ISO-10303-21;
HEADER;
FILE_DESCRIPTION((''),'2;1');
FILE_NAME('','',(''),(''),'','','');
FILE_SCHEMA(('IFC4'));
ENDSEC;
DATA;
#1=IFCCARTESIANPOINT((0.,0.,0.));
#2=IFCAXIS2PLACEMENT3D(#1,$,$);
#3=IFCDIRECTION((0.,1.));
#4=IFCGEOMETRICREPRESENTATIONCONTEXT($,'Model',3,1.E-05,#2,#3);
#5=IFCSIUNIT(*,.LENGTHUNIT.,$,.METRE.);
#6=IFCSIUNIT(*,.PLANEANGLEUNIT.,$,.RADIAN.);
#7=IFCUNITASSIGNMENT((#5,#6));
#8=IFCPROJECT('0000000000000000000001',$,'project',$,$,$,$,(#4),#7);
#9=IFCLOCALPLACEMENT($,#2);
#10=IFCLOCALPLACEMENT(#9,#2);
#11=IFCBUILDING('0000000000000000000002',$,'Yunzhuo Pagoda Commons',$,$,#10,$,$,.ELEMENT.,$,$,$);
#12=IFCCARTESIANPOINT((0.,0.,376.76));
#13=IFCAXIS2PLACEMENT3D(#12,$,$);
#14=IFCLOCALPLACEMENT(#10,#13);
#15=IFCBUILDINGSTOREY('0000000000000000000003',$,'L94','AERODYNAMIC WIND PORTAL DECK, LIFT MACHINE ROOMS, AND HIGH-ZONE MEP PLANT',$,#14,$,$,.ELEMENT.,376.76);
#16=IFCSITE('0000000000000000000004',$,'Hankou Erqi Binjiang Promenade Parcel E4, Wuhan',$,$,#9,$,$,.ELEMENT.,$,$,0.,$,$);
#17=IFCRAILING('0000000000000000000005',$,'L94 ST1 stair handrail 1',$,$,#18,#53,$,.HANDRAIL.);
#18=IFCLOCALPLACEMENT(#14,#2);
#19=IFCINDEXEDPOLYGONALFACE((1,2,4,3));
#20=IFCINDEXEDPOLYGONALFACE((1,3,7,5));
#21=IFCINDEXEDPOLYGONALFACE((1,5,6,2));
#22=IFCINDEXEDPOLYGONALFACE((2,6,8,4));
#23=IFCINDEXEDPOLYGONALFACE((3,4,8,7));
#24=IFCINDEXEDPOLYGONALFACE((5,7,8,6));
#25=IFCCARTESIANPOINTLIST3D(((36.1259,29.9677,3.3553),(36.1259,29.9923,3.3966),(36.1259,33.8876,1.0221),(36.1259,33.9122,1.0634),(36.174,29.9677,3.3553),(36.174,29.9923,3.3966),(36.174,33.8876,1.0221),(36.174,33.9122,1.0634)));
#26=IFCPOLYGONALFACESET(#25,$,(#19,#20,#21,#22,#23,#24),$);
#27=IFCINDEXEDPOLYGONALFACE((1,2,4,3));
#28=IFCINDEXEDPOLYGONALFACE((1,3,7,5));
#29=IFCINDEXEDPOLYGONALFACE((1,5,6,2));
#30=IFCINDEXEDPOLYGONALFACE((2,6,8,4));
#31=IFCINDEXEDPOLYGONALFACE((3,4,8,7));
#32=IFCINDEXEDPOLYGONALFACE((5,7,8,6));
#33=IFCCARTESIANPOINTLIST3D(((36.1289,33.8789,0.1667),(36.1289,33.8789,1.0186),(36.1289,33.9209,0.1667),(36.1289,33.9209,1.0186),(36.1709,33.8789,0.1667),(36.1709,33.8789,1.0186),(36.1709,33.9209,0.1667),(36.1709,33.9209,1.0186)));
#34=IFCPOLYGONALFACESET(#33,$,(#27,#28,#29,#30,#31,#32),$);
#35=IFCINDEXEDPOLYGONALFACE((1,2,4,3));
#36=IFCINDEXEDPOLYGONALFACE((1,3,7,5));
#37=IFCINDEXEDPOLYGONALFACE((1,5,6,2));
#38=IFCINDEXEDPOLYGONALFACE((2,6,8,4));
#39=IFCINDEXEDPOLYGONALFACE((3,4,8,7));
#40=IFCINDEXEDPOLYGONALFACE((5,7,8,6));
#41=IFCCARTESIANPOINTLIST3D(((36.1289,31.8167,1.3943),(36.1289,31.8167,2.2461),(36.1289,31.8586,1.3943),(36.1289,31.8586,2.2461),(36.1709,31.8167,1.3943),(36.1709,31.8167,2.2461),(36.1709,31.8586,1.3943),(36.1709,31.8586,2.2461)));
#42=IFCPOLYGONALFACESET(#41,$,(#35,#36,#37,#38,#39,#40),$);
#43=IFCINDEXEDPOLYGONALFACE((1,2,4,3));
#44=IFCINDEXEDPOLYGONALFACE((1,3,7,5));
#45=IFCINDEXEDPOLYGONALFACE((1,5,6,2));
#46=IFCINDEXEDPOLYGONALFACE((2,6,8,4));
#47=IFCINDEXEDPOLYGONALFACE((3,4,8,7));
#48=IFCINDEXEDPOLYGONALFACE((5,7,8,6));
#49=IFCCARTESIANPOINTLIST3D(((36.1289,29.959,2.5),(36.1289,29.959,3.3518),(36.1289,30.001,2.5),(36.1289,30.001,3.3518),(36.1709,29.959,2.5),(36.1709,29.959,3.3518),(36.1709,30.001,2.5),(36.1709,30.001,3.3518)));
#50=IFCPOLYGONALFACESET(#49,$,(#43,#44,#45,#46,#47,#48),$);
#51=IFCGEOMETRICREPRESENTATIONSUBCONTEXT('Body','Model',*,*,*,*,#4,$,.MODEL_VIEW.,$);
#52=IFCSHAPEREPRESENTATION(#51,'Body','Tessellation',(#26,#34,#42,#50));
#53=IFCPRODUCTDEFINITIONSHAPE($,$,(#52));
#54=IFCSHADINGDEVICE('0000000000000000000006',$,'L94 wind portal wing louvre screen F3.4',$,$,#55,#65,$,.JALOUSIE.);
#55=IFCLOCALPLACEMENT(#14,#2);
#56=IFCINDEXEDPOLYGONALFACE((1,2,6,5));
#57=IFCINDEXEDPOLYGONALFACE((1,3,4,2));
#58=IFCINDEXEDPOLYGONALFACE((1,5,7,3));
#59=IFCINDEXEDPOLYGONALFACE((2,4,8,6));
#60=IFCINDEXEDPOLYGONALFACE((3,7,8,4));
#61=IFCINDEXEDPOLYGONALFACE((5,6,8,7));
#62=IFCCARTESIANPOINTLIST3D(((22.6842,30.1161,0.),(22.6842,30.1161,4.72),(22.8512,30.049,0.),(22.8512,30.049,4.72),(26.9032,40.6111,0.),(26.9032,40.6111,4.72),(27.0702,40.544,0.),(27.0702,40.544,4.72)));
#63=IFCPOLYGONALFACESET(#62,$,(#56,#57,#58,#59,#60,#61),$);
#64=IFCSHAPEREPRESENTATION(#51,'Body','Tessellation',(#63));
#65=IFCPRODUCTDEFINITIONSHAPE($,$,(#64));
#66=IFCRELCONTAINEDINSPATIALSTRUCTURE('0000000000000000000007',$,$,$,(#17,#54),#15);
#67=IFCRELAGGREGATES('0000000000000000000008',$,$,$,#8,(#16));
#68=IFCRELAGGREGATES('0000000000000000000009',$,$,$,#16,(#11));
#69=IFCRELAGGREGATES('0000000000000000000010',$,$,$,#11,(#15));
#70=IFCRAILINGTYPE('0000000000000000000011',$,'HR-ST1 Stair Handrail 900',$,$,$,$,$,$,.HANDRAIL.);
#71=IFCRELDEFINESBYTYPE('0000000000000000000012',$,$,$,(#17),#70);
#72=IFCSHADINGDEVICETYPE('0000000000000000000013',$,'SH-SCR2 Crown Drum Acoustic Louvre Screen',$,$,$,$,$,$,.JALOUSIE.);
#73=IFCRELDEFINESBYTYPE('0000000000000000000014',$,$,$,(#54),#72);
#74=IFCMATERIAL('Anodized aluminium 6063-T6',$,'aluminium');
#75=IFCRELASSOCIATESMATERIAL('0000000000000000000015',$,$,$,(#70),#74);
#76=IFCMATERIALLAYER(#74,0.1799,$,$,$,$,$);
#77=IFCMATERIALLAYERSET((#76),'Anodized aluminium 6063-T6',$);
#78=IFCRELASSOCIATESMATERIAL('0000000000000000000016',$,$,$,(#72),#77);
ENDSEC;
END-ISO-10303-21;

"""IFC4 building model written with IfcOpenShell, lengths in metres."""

from ifc_helpers import new_model, si_unit, direction, frame, origin, origin_2d, place, context, subcontext, project, spatial, rectangle, extrude, source, transform, mapped, material, layer, layer_set, type_object, element, save


model = new_model("IFC4")

# Units and contexts
model_context = context("Model", 3, precision=1e-05, world=origin(), true_north=direction((0.0, 1.0)))
body_context = subcontext(model_context, "Body", "Model", "MODEL_VIEW")
ifc_project = project(units=[si_unit("LENGTHUNIT", "METRE"), si_unit("PLANEANGLEUNIT", "RADIAN")], contexts=[model_context])

# Site, building, storey
site_placement = place(None, origin())
site = spatial("IfcSite", under=ifc_project, at=site_placement, Name="Hankou Erqi Binjiang Promenade Parcel E4, Wuhan", CompositionType="ELEMENT", RefElevation=0.0)
building_placement = place(site_placement, origin())
building = spatial("IfcBuilding", under=site, at=building_placement, Name="Yunzhuo Pagoda Commons", CompositionType="ELEMENT")
storey_placement = place(building_placement, frame((0.0, 0.0, 376.76)))
storey = spatial("IfcBuildingStorey", under=building, at=storey_placement, Name="L94", Description="AERODYNAMIC WIND PORTAL DECK, LIFT MACHINE ROOMS, AND HIGH-ZONE MEP PLANT", CompositionType="ELEMENT", Elevation=376.76)

# Railing
ifc_material_1 = material(Name="Anodized aluminium 6063-T6", Category="aluminium")
railing_type_1 = type_object("IfcRailingType", Name="HR-ST1 Stair Handrail 900", PredefinedType="HANDRAIL", material=ifc_material_1)
railing_1_placement = place(storey_placement, frame((36.1499, 33.8999, 0.1667)))
element("IfcRailing", 1, at=railing_1_placement, inside=storey, type_object=railing_type_1, Name="L94 ST1 stair handrail 1", PredefinedType="HANDRAIL", context=body_context, shape_type="SweptSolid", body=[
    extrude(rectangle(XDim=0.0481, YDim=0.0481, at=origin_2d()), frame((0.0, 0.0, 0.876), z_axis=(0.0, -0.859296, 0.511478), x_axis=(1.0, 0.0, 0.0)), (0.0, 0.0, 1.0), 4.5618),
    extrude(rectangle(XDim=0.042, YDim=0.042, at=origin_2d()), origin(), (0.0, 0.0, 1.0), 0.8518),
    extrude(rectangle(XDim=0.042, YDim=0.042, at=origin_2d()), frame((0.0, -2.0623, 1.2275)), (0.0, 0.0, 1.0), 0.8518),
    extrude(rectangle(XDim=0.042, YDim=0.042, at=origin_2d()), frame((0.0, -3.9199, 2.3333)), (0.0, 0.0, 1.0), 0.8518),
])

# Shading device
ifc_layer_1 = layer(ifc_material_1, 0.1799)
ifc_layer_set_1 = layer_set([ifc_layer_1], Name="Anodized aluminium 6063-T6")
shading_device_type = type_object("IfcShadingDeviceType", Name="SH-SCR2 Crown Drum Acoustic Louvre Screen", PredefinedType="JALOUSIE", material=ifc_layer_set_1)
shared_shape_1 = source(origin(), body_context, "Body", "SweptSolid", [
    extrude(rectangle(XDim=11.3113, YDim=0.1799, at=origin_2d()), origin(), (0.0, 0.0, 1.0), 4.72),
])
shading_device_placement = place(storey_placement, frame((24.8772, 35.3301, 0.0), z_axis=(0.0, 0.0, 1.0), x_axis=(-0.372988, -0.927836, 0.0)))
element("IfcShadingDevice", 2, at=shading_device_placement, inside=storey, type_object=shading_device_type, Name="L94 wind portal wing louvre screen F3.4", PredefinedType="JALOUSIE", context=body_context, shape_type="MappedRepresentation", body=[
    mapped(shared_shape_1, transform((0.0, 0.0, 0.0), scale=1.0)),
])

save(model, "model.ifc")
